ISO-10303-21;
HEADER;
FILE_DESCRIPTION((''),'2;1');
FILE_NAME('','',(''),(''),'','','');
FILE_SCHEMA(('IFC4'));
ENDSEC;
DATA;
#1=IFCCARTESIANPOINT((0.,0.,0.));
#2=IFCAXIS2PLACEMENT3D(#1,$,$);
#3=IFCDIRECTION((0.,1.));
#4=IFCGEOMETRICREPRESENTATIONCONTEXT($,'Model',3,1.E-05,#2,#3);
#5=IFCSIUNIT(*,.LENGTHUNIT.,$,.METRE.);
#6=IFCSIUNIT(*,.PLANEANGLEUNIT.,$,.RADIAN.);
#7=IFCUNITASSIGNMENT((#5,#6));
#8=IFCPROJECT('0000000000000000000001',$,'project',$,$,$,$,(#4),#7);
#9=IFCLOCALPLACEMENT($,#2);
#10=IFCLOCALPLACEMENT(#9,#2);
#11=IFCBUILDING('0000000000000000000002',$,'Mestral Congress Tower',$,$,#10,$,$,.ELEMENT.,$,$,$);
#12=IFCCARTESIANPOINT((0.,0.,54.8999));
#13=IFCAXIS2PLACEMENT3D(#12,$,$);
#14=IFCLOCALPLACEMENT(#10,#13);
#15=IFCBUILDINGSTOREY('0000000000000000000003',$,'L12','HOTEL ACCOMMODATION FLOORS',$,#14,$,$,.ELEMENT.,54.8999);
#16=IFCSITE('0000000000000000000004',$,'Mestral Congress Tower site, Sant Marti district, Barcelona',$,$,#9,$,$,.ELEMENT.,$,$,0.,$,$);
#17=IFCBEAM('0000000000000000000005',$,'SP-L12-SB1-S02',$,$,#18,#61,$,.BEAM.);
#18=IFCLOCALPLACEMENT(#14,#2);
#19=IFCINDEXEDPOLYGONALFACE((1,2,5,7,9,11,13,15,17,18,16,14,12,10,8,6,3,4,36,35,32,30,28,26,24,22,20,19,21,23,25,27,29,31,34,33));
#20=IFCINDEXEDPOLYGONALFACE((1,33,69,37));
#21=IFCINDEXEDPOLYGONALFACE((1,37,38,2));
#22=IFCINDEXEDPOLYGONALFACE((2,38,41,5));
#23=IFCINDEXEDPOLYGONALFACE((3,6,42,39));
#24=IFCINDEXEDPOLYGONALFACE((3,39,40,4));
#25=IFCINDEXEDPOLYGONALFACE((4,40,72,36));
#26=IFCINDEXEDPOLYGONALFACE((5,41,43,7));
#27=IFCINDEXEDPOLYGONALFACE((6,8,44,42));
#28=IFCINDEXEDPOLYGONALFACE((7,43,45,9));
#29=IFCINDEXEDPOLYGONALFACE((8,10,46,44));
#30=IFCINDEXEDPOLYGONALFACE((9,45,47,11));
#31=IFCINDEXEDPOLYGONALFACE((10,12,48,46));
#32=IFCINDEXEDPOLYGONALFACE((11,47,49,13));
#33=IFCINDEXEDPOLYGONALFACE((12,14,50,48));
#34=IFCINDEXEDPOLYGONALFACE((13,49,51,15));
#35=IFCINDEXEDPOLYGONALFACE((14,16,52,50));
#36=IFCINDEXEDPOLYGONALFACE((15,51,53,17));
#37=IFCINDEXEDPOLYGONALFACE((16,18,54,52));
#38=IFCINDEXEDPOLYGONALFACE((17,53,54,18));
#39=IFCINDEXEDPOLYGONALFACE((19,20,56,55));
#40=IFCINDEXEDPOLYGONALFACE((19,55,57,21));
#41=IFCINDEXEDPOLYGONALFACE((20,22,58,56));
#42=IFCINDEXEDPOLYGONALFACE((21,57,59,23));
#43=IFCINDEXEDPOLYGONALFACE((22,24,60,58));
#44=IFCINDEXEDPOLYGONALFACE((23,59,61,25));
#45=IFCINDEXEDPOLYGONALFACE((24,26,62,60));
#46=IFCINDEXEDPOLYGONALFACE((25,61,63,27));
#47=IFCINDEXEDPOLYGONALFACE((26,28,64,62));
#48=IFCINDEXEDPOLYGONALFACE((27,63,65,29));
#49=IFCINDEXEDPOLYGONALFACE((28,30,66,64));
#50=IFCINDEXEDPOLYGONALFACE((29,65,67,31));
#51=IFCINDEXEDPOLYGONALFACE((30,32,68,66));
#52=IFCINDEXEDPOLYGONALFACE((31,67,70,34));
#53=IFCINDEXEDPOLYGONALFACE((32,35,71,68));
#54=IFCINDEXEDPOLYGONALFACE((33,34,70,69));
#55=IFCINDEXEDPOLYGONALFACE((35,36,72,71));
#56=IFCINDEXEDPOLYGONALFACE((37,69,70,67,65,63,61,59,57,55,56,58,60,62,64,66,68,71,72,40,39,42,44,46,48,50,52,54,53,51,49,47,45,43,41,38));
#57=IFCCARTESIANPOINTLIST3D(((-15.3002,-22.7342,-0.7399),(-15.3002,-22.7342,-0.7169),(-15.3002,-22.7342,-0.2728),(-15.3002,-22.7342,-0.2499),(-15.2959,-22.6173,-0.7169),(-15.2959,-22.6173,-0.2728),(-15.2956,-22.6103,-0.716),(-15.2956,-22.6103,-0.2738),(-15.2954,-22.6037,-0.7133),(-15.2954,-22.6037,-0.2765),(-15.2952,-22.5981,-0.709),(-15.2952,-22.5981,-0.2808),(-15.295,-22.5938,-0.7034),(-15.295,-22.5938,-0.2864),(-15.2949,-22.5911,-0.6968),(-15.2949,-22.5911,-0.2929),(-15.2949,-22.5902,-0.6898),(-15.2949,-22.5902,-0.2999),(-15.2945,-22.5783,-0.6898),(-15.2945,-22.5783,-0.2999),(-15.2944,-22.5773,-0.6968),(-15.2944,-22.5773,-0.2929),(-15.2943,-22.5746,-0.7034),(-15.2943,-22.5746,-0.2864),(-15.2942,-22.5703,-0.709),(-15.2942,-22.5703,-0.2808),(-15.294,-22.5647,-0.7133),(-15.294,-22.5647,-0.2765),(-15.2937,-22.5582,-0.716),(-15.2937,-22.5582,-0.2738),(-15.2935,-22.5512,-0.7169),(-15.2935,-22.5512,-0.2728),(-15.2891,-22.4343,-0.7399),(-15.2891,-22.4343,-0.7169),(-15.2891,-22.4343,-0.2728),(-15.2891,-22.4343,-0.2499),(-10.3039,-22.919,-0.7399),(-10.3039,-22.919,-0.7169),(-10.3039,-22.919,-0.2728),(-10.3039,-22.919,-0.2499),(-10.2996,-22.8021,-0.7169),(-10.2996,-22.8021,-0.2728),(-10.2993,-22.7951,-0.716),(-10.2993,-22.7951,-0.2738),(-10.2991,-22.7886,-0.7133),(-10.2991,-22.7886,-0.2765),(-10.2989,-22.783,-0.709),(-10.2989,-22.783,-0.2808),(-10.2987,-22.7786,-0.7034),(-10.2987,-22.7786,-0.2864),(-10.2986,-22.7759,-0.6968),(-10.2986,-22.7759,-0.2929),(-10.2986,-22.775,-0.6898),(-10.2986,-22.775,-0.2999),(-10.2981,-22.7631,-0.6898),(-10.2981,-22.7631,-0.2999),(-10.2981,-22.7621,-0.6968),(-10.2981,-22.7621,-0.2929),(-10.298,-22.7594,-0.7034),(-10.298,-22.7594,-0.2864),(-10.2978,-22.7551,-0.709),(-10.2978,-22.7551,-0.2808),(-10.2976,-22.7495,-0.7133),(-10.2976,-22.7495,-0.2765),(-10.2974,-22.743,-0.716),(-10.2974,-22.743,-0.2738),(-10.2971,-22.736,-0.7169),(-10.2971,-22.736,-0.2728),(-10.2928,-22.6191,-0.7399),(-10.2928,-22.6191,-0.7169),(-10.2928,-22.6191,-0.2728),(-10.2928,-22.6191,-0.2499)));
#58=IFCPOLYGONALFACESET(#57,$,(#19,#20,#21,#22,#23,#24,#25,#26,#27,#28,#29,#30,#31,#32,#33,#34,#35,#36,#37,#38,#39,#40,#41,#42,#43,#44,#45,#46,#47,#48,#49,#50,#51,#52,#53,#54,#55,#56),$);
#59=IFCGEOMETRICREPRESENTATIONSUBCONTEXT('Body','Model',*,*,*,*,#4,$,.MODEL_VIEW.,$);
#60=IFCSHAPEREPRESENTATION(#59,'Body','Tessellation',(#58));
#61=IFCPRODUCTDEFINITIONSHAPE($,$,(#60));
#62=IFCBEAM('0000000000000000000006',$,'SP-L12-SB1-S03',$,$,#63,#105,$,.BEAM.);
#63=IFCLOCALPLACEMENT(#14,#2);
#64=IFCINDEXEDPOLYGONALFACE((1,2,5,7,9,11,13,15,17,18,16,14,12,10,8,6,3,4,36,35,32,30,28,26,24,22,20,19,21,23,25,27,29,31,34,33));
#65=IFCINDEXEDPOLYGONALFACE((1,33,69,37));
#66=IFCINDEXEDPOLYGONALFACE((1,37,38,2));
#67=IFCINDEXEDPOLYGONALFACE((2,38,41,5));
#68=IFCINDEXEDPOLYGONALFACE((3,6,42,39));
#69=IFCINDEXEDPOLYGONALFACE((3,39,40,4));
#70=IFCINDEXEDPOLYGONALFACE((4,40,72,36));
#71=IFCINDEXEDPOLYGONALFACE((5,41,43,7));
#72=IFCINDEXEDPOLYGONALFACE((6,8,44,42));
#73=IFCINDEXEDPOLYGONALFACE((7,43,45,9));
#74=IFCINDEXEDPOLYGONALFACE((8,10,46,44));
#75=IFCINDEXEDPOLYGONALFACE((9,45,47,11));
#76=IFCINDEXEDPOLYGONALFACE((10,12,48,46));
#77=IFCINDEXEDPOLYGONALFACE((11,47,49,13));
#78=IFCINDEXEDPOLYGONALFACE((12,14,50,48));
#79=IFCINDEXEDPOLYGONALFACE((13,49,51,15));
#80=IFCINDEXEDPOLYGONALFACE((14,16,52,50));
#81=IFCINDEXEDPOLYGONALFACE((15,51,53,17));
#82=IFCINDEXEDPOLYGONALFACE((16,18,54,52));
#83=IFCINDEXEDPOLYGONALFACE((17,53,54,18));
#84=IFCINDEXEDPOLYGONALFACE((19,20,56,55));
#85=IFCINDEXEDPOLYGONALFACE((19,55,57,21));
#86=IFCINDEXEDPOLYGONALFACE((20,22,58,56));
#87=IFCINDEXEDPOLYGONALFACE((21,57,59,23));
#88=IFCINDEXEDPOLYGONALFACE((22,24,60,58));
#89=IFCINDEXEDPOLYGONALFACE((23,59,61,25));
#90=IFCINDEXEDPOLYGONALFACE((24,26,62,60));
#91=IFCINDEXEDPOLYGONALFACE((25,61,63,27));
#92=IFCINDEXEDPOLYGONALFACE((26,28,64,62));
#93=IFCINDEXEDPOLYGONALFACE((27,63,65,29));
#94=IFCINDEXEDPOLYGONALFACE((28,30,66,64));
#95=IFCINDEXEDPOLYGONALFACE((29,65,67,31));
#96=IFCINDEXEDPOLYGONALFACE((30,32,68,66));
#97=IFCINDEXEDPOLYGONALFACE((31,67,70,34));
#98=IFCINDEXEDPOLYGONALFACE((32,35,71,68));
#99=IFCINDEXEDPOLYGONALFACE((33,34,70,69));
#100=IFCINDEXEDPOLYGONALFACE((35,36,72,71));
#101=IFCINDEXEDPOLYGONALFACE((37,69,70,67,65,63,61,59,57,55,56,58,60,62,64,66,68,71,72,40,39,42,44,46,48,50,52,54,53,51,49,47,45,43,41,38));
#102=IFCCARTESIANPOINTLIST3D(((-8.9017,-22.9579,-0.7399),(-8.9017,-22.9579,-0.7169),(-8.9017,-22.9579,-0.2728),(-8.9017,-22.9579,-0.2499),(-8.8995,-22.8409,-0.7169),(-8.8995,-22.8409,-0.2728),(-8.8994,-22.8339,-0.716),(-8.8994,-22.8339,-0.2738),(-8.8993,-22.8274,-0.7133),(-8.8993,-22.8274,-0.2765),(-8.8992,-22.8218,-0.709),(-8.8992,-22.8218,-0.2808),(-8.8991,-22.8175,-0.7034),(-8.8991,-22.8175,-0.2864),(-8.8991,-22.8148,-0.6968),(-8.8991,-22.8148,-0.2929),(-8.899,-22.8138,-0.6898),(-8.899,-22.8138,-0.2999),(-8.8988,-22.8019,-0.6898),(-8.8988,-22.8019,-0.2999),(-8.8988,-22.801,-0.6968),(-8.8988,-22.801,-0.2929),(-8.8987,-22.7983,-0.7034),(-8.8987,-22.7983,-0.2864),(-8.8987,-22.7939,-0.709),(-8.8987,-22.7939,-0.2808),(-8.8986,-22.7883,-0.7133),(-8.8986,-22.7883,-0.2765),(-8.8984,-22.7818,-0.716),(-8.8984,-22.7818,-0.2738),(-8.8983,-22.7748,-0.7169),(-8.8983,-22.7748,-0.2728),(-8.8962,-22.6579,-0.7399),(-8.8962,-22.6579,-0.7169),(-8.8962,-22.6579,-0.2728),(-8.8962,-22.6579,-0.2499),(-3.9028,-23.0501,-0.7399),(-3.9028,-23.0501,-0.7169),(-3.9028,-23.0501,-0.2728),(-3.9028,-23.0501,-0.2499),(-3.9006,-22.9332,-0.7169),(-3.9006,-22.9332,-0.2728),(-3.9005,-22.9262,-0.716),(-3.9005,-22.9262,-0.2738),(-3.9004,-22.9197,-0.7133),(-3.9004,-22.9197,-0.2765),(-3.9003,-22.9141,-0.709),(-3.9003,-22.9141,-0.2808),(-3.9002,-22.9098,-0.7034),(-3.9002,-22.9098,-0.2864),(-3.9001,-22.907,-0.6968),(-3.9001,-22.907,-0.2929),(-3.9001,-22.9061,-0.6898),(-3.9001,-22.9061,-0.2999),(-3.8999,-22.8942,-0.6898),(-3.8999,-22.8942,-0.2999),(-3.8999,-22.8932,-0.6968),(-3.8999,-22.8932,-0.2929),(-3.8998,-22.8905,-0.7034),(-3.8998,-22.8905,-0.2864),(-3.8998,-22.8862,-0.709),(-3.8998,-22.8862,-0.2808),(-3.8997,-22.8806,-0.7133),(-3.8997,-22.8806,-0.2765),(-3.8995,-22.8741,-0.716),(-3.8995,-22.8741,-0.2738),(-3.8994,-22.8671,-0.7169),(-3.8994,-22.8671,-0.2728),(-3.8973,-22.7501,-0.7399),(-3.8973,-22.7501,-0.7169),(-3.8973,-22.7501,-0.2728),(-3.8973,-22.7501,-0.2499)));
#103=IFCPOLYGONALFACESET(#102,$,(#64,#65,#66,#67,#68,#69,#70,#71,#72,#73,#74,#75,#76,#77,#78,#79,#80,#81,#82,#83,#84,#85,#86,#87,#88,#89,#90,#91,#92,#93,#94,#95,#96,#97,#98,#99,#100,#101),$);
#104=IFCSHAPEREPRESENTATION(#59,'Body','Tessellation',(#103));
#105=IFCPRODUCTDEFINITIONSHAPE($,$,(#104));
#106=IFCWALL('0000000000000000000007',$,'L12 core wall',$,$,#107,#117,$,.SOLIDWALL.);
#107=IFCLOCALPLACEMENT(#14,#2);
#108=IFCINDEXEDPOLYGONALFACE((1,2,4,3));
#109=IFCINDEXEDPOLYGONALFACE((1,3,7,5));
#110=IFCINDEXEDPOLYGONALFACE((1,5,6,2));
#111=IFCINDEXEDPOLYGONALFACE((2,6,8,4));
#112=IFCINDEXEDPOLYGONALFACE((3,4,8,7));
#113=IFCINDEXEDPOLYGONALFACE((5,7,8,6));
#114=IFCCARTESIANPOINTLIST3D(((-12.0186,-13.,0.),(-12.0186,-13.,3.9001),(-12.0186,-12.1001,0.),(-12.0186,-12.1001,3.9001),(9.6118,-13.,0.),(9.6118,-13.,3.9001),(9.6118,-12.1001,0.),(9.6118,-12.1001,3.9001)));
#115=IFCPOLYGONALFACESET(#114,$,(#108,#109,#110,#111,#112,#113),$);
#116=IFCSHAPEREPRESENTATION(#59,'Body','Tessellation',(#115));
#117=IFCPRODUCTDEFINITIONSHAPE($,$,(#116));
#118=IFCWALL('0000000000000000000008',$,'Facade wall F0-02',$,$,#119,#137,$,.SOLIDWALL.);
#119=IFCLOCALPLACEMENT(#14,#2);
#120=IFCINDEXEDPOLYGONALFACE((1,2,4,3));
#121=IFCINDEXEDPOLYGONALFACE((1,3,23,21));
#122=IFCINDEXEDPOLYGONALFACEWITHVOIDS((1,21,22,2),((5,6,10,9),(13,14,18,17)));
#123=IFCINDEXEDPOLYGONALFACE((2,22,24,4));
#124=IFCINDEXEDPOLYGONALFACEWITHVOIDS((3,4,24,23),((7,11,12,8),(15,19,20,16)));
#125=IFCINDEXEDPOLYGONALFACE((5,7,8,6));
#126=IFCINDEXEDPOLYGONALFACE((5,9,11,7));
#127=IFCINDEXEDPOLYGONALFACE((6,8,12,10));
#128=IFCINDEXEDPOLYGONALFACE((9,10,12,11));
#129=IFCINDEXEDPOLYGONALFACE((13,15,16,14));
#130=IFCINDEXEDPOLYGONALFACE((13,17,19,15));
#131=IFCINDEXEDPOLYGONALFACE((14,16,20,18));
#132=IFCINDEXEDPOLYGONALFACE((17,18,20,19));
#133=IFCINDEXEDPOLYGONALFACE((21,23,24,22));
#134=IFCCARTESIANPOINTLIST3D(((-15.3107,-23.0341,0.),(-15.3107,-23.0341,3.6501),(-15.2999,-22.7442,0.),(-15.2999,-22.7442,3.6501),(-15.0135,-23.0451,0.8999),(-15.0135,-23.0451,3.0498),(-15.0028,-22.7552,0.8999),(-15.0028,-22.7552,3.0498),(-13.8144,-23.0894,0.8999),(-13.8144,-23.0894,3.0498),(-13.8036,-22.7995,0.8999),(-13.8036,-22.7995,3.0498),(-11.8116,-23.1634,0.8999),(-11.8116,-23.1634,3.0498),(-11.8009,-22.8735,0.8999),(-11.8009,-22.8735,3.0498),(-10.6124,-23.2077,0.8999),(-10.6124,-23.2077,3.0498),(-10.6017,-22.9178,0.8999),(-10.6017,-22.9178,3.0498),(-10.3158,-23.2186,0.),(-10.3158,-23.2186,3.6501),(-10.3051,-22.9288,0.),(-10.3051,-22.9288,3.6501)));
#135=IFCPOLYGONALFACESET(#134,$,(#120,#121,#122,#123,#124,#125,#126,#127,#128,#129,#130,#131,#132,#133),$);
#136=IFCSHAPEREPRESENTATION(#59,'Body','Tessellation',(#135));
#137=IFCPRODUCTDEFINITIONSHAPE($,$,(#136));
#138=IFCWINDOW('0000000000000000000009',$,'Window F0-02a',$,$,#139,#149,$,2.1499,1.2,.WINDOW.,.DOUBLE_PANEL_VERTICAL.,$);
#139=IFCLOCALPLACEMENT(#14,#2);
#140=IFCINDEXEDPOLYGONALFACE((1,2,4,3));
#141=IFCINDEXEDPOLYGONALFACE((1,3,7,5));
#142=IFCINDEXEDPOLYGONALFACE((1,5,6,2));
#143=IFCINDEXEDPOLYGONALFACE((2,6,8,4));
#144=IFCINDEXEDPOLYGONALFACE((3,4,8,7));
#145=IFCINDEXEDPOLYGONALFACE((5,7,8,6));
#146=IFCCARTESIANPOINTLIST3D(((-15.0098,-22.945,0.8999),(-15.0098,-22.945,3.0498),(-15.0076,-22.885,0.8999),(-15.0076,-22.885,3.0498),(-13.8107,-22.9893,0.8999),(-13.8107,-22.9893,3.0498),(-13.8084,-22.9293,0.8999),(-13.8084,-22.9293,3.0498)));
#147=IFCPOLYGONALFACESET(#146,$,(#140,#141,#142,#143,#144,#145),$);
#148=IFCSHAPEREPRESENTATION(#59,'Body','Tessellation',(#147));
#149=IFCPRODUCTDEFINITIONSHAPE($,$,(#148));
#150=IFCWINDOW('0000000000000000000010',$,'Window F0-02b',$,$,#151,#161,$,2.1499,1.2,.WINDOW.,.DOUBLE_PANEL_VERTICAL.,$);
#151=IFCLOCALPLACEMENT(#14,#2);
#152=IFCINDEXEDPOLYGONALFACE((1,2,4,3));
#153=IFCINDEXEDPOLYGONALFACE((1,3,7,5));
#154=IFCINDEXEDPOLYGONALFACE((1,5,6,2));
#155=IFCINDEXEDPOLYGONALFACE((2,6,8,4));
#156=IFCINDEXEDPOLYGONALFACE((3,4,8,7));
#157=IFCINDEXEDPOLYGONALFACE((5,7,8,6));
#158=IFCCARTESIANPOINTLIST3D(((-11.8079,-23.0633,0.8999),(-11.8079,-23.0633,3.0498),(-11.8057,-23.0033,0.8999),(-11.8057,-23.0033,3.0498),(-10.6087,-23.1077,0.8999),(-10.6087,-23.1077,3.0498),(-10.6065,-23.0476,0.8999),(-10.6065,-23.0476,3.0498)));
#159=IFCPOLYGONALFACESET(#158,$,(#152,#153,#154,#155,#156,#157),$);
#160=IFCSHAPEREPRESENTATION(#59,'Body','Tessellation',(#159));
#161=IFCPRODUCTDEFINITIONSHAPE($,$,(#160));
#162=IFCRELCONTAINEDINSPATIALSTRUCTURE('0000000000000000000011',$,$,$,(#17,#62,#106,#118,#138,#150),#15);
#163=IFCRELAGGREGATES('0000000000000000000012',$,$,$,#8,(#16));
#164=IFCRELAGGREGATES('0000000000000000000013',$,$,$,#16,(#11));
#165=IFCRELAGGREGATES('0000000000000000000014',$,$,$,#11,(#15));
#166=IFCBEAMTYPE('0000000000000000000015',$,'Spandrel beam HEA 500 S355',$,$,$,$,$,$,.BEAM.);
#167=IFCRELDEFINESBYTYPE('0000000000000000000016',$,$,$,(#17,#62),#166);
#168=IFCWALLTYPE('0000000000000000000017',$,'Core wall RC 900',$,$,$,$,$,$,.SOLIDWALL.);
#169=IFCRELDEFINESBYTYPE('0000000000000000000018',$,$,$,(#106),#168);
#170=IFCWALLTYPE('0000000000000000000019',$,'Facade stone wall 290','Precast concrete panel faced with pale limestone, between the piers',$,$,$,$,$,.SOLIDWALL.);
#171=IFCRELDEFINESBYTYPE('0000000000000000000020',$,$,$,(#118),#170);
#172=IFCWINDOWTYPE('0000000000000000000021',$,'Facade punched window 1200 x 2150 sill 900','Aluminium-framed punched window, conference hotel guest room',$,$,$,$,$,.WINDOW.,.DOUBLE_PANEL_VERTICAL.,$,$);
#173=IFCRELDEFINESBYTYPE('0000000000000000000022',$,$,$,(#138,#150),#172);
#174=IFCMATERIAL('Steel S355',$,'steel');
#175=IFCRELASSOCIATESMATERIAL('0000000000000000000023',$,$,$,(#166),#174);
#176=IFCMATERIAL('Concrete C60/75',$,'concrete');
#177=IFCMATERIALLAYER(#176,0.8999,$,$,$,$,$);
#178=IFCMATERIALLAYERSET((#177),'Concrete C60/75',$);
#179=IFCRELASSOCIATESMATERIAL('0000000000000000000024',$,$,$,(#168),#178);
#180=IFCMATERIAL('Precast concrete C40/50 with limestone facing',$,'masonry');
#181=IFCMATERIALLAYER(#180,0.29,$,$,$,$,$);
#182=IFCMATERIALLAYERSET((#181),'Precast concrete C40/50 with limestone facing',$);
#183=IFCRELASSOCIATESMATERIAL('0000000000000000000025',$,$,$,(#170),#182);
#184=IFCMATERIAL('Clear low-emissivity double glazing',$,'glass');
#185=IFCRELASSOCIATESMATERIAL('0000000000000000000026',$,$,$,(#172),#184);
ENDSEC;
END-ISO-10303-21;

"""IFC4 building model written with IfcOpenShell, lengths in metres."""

from ifc_helpers import new_model, si_unit, direction, frame, frame_2d, origin, origin_2d, place, context, subcontext, project, spatial, rectangle, i_section, extrude, material, layer, layer_set, material_profile, profile_set, type_object, element, fill, save


model = new_model("IFC4")

# Units and contexts
model_context = context("Model", 3, precision=1e-05, world=origin(), true_north=direction((0.0, 1.0)))
body_context = subcontext(model_context, "Body", "Model", "MODEL_VIEW")
ifc_project = project(units=[si_unit("LENGTHUNIT", "METRE"), si_unit("PLANEANGLEUNIT", "RADIAN")], contexts=[model_context])

# Site, building, storey
site_placement = place(None, origin())
site = spatial("IfcSite", under=ifc_project, at=site_placement, Name="Mestral Congress Tower site, Sant Marti district, Barcelona", CompositionType="ELEMENT", RefElevation=0.0)
building_placement = place(site_placement, origin())
building = spatial("IfcBuilding", under=site, at=building_placement, Name="Mestral Congress Tower", CompositionType="ELEMENT")
storey_placement = place(building_placement, frame((0.0, 0.0, 54.8999)))
storey = spatial("IfcBuildingStorey", under=building, at=storey_placement, Name="L12", Description="HOTEL ACCOMMODATION FLOORS", CompositionType="ELEMENT", Elevation=54.8999)

# Beams
ifc_material_1 = material(Name="Steel S355", Category="steel")
ifc_material_profile_1 = material_profile(ifc_material_1, i_section(OverallWidth=0.3, OverallDepth=0.49, WebThickness=0.012, FlangeThickness=0.0229, FilletRadius=0.0271, at=origin_2d()), Name="HEA 500")
ifc_profile_set_1 = profile_set([ifc_material_profile_1], Name="Steel S355")
beam_type_1 = type_object("IfcBeamType", Name="Spandrel beam HEA 500 S355", PredefinedType="BEAM", material=ifc_profile_set_1)
for number, where, z_axis, x_axis, name in (
    (1, (-15.2947, -22.5842, -0.4949), (0.999317, -0.036965, 0.0), (0.036965, 0.999317, 0.0), "SP-L12-SB1-S02"),
    (2, (-8.8989, -22.8079, -0.4949), (0.99983, -0.018457, 0.0), (0.018457, 0.99983, 0.0), "SP-L12-SB1-S03"),
):
    element("IfcBeam", number, at=place(storey_placement, frame(where, z_axis=z_axis, x_axis=x_axis)), inside=storey, type_object=beam_type_1, Name=name, PredefinedType="BEAM", context=body_context, shape_type="SweptSolid", body=[
        extrude(i_section(OverallWidth=0.3, OverallDepth=0.49, WebThickness=0.012, FlangeThickness=0.0229, FilletRadius=0.0271, at=origin_2d()), origin(), (0.0, 0.0, 1.0), 4.9998),
    ])

# Wall
ifc_material_2 = material(Name="Concrete C60/75", Category="concrete")
ifc_layer_1 = layer(ifc_material_2, 0.8999)
ifc_layer_set_1 = layer_set([ifc_layer_1], Name="Concrete C60/75")
wall_type_1 = type_object("IfcWallType", Name="Core wall RC 900", PredefinedType="SOLIDWALL", material=ifc_layer_set_1)
wall_1_placement = place(storey_placement, frame((-12.0186, -12.55, 0.0), z_axis=(0.0, 0.0, 1.0), x_axis=(1.0, 0.0, 0.0)))
element("IfcWall", 3, at=wall_1_placement, inside=storey, type_object=wall_type_1, Name="L12 core wall", PredefinedType="SOLIDWALL", context=body_context, shape_type="SweptSolid", body=[
    extrude(rectangle(XDim=21.6304, YDim=0.8999, at=frame_2d((10.8152, 0.0))), origin(), (0.0, 0.0, 1.0), 3.9001),
])

# Wall, openings, windows
ifc_material_3 = material(Name="Precast concrete C40/50 with limestone facing", Category="masonry")
ifc_layer_2 = layer(ifc_material_3, 0.29)
ifc_layer_set_2 = layer_set([ifc_layer_2], Name="Precast concrete C40/50 with limestone facing")
wall_type_2 = type_object("IfcWallType", Name="Facade stone wall 290", Description="Precast concrete panel faced with pale limestone, between the piers", PredefinedType="SOLIDWALL", material=ifc_layer_set_2)
wall_2_placement = place(storey_placement, frame((-15.3052, -22.8892, 0.0), z_axis=(0.0, 0.0, 1.0), x_axis=(0.999318, -0.036927, 0.0)))
wall_2 = element("IfcWall", 4, at=wall_2_placement, inside=storey, type_object=wall_type_2, Name="Facade wall F0-02", PredefinedType="SOLIDWALL", context=body_context, shape_type="SweptSolid", body=[
    extrude(rectangle(XDim=4.9983, YDim=0.29, at=frame_2d((2.499, 0.0))), origin(), (0.0, 0.0, 1.0), 3.6501),
])
opening_1_placement = place(wall_2_placement, frame((0.2971, 0.0, 0.8999)))
opening_1 = element("IfcOpeningElement", 5, at=opening_1_placement, cuts=wall_2, PredefinedType="OPENING", context=body_context, shape_type="SweptSolid", body=[
    extrude(rectangle(XDim=1.2, YDim=2.1499, at=frame_2d((0.6001, 1.075))), frame((0.0, 0.155, 0.0), z_axis=(0.0, -1.0, 0.0), x_axis=(1.0, 0.0, 0.0)), (0.0, 0.0, 1.0), 0.3101),
])
opening_2_placement = place(wall_2_placement, frame((3.5012, 0.0, 0.8999)))
opening_2 = element("IfcOpeningElement", 6, at=opening_2_placement, cuts=wall_2, PredefinedType="OPENING", context=body_context, shape_type="SweptSolid", body=[
    extrude(rectangle(XDim=1.2, YDim=2.1499, at=frame_2d((0.6001, 1.075))), frame((0.0, 0.155, 0.0), z_axis=(0.0, -1.0, 0.0), x_axis=(1.0, 0.0, 0.0)), (0.0, 0.0, 1.0), 0.3101),
])
ifc_material_4 = material(Name="Clear low-emissivity double glazing", Category="glass")
window_type = type_object("IfcWindowType", Name="Facade punched window 1200 x 2150 sill 900", Description="Aluminium-framed punched window, conference hotel guest room", PartitioningType="DOUBLE_PANEL_VERTICAL", PredefinedType="WINDOW", material=ifc_material_4)
window_1_placement = place(opening_1_placement, origin())
window_1 = element("IfcWindow", 7, at=window_1_placement, inside=storey, type_object=window_type, Name="Window F0-02a", OverallHeight=2.1499, OverallWidth=1.2, PartitioningType="DOUBLE_PANEL_VERTICAL", PredefinedType="WINDOW", context=body_context, shape_type="SweptSolid", body=[
    extrude(rectangle(XDim=1.2, YDim=2.1499, at=frame_2d((0.6001, 1.075))), frame((0.0, 0.0151, 0.0), z_axis=(0.0, -1.0, 0.0), x_axis=(1.0, 0.0, 0.0)), (0.0, 0.0, 1.0), 0.0601),
])
fill(opening_1, window_1)
window_2_placement = place(opening_2_placement, origin())
window_2 = element("IfcWindow", 8, at=window_2_placement, inside=storey, type_object=window_type, Name="Window F0-02b", OverallHeight=2.1499, OverallWidth=1.2, PartitioningType="DOUBLE_PANEL_VERTICAL", PredefinedType="WINDOW", context=body_context, shape_type="SweptSolid", body=[
    extrude(rectangle(XDim=1.2, YDim=2.1499, at=frame_2d((0.6001, 1.075))), frame((0.0, 0.0151, 0.0), z_axis=(0.0, -1.0, 0.0), x_axis=(1.0, 0.0, 0.0)), (0.0, 0.0, 1.0), 0.0601),
])
fill(opening_2, window_2)

save(model, "model.ifc")
